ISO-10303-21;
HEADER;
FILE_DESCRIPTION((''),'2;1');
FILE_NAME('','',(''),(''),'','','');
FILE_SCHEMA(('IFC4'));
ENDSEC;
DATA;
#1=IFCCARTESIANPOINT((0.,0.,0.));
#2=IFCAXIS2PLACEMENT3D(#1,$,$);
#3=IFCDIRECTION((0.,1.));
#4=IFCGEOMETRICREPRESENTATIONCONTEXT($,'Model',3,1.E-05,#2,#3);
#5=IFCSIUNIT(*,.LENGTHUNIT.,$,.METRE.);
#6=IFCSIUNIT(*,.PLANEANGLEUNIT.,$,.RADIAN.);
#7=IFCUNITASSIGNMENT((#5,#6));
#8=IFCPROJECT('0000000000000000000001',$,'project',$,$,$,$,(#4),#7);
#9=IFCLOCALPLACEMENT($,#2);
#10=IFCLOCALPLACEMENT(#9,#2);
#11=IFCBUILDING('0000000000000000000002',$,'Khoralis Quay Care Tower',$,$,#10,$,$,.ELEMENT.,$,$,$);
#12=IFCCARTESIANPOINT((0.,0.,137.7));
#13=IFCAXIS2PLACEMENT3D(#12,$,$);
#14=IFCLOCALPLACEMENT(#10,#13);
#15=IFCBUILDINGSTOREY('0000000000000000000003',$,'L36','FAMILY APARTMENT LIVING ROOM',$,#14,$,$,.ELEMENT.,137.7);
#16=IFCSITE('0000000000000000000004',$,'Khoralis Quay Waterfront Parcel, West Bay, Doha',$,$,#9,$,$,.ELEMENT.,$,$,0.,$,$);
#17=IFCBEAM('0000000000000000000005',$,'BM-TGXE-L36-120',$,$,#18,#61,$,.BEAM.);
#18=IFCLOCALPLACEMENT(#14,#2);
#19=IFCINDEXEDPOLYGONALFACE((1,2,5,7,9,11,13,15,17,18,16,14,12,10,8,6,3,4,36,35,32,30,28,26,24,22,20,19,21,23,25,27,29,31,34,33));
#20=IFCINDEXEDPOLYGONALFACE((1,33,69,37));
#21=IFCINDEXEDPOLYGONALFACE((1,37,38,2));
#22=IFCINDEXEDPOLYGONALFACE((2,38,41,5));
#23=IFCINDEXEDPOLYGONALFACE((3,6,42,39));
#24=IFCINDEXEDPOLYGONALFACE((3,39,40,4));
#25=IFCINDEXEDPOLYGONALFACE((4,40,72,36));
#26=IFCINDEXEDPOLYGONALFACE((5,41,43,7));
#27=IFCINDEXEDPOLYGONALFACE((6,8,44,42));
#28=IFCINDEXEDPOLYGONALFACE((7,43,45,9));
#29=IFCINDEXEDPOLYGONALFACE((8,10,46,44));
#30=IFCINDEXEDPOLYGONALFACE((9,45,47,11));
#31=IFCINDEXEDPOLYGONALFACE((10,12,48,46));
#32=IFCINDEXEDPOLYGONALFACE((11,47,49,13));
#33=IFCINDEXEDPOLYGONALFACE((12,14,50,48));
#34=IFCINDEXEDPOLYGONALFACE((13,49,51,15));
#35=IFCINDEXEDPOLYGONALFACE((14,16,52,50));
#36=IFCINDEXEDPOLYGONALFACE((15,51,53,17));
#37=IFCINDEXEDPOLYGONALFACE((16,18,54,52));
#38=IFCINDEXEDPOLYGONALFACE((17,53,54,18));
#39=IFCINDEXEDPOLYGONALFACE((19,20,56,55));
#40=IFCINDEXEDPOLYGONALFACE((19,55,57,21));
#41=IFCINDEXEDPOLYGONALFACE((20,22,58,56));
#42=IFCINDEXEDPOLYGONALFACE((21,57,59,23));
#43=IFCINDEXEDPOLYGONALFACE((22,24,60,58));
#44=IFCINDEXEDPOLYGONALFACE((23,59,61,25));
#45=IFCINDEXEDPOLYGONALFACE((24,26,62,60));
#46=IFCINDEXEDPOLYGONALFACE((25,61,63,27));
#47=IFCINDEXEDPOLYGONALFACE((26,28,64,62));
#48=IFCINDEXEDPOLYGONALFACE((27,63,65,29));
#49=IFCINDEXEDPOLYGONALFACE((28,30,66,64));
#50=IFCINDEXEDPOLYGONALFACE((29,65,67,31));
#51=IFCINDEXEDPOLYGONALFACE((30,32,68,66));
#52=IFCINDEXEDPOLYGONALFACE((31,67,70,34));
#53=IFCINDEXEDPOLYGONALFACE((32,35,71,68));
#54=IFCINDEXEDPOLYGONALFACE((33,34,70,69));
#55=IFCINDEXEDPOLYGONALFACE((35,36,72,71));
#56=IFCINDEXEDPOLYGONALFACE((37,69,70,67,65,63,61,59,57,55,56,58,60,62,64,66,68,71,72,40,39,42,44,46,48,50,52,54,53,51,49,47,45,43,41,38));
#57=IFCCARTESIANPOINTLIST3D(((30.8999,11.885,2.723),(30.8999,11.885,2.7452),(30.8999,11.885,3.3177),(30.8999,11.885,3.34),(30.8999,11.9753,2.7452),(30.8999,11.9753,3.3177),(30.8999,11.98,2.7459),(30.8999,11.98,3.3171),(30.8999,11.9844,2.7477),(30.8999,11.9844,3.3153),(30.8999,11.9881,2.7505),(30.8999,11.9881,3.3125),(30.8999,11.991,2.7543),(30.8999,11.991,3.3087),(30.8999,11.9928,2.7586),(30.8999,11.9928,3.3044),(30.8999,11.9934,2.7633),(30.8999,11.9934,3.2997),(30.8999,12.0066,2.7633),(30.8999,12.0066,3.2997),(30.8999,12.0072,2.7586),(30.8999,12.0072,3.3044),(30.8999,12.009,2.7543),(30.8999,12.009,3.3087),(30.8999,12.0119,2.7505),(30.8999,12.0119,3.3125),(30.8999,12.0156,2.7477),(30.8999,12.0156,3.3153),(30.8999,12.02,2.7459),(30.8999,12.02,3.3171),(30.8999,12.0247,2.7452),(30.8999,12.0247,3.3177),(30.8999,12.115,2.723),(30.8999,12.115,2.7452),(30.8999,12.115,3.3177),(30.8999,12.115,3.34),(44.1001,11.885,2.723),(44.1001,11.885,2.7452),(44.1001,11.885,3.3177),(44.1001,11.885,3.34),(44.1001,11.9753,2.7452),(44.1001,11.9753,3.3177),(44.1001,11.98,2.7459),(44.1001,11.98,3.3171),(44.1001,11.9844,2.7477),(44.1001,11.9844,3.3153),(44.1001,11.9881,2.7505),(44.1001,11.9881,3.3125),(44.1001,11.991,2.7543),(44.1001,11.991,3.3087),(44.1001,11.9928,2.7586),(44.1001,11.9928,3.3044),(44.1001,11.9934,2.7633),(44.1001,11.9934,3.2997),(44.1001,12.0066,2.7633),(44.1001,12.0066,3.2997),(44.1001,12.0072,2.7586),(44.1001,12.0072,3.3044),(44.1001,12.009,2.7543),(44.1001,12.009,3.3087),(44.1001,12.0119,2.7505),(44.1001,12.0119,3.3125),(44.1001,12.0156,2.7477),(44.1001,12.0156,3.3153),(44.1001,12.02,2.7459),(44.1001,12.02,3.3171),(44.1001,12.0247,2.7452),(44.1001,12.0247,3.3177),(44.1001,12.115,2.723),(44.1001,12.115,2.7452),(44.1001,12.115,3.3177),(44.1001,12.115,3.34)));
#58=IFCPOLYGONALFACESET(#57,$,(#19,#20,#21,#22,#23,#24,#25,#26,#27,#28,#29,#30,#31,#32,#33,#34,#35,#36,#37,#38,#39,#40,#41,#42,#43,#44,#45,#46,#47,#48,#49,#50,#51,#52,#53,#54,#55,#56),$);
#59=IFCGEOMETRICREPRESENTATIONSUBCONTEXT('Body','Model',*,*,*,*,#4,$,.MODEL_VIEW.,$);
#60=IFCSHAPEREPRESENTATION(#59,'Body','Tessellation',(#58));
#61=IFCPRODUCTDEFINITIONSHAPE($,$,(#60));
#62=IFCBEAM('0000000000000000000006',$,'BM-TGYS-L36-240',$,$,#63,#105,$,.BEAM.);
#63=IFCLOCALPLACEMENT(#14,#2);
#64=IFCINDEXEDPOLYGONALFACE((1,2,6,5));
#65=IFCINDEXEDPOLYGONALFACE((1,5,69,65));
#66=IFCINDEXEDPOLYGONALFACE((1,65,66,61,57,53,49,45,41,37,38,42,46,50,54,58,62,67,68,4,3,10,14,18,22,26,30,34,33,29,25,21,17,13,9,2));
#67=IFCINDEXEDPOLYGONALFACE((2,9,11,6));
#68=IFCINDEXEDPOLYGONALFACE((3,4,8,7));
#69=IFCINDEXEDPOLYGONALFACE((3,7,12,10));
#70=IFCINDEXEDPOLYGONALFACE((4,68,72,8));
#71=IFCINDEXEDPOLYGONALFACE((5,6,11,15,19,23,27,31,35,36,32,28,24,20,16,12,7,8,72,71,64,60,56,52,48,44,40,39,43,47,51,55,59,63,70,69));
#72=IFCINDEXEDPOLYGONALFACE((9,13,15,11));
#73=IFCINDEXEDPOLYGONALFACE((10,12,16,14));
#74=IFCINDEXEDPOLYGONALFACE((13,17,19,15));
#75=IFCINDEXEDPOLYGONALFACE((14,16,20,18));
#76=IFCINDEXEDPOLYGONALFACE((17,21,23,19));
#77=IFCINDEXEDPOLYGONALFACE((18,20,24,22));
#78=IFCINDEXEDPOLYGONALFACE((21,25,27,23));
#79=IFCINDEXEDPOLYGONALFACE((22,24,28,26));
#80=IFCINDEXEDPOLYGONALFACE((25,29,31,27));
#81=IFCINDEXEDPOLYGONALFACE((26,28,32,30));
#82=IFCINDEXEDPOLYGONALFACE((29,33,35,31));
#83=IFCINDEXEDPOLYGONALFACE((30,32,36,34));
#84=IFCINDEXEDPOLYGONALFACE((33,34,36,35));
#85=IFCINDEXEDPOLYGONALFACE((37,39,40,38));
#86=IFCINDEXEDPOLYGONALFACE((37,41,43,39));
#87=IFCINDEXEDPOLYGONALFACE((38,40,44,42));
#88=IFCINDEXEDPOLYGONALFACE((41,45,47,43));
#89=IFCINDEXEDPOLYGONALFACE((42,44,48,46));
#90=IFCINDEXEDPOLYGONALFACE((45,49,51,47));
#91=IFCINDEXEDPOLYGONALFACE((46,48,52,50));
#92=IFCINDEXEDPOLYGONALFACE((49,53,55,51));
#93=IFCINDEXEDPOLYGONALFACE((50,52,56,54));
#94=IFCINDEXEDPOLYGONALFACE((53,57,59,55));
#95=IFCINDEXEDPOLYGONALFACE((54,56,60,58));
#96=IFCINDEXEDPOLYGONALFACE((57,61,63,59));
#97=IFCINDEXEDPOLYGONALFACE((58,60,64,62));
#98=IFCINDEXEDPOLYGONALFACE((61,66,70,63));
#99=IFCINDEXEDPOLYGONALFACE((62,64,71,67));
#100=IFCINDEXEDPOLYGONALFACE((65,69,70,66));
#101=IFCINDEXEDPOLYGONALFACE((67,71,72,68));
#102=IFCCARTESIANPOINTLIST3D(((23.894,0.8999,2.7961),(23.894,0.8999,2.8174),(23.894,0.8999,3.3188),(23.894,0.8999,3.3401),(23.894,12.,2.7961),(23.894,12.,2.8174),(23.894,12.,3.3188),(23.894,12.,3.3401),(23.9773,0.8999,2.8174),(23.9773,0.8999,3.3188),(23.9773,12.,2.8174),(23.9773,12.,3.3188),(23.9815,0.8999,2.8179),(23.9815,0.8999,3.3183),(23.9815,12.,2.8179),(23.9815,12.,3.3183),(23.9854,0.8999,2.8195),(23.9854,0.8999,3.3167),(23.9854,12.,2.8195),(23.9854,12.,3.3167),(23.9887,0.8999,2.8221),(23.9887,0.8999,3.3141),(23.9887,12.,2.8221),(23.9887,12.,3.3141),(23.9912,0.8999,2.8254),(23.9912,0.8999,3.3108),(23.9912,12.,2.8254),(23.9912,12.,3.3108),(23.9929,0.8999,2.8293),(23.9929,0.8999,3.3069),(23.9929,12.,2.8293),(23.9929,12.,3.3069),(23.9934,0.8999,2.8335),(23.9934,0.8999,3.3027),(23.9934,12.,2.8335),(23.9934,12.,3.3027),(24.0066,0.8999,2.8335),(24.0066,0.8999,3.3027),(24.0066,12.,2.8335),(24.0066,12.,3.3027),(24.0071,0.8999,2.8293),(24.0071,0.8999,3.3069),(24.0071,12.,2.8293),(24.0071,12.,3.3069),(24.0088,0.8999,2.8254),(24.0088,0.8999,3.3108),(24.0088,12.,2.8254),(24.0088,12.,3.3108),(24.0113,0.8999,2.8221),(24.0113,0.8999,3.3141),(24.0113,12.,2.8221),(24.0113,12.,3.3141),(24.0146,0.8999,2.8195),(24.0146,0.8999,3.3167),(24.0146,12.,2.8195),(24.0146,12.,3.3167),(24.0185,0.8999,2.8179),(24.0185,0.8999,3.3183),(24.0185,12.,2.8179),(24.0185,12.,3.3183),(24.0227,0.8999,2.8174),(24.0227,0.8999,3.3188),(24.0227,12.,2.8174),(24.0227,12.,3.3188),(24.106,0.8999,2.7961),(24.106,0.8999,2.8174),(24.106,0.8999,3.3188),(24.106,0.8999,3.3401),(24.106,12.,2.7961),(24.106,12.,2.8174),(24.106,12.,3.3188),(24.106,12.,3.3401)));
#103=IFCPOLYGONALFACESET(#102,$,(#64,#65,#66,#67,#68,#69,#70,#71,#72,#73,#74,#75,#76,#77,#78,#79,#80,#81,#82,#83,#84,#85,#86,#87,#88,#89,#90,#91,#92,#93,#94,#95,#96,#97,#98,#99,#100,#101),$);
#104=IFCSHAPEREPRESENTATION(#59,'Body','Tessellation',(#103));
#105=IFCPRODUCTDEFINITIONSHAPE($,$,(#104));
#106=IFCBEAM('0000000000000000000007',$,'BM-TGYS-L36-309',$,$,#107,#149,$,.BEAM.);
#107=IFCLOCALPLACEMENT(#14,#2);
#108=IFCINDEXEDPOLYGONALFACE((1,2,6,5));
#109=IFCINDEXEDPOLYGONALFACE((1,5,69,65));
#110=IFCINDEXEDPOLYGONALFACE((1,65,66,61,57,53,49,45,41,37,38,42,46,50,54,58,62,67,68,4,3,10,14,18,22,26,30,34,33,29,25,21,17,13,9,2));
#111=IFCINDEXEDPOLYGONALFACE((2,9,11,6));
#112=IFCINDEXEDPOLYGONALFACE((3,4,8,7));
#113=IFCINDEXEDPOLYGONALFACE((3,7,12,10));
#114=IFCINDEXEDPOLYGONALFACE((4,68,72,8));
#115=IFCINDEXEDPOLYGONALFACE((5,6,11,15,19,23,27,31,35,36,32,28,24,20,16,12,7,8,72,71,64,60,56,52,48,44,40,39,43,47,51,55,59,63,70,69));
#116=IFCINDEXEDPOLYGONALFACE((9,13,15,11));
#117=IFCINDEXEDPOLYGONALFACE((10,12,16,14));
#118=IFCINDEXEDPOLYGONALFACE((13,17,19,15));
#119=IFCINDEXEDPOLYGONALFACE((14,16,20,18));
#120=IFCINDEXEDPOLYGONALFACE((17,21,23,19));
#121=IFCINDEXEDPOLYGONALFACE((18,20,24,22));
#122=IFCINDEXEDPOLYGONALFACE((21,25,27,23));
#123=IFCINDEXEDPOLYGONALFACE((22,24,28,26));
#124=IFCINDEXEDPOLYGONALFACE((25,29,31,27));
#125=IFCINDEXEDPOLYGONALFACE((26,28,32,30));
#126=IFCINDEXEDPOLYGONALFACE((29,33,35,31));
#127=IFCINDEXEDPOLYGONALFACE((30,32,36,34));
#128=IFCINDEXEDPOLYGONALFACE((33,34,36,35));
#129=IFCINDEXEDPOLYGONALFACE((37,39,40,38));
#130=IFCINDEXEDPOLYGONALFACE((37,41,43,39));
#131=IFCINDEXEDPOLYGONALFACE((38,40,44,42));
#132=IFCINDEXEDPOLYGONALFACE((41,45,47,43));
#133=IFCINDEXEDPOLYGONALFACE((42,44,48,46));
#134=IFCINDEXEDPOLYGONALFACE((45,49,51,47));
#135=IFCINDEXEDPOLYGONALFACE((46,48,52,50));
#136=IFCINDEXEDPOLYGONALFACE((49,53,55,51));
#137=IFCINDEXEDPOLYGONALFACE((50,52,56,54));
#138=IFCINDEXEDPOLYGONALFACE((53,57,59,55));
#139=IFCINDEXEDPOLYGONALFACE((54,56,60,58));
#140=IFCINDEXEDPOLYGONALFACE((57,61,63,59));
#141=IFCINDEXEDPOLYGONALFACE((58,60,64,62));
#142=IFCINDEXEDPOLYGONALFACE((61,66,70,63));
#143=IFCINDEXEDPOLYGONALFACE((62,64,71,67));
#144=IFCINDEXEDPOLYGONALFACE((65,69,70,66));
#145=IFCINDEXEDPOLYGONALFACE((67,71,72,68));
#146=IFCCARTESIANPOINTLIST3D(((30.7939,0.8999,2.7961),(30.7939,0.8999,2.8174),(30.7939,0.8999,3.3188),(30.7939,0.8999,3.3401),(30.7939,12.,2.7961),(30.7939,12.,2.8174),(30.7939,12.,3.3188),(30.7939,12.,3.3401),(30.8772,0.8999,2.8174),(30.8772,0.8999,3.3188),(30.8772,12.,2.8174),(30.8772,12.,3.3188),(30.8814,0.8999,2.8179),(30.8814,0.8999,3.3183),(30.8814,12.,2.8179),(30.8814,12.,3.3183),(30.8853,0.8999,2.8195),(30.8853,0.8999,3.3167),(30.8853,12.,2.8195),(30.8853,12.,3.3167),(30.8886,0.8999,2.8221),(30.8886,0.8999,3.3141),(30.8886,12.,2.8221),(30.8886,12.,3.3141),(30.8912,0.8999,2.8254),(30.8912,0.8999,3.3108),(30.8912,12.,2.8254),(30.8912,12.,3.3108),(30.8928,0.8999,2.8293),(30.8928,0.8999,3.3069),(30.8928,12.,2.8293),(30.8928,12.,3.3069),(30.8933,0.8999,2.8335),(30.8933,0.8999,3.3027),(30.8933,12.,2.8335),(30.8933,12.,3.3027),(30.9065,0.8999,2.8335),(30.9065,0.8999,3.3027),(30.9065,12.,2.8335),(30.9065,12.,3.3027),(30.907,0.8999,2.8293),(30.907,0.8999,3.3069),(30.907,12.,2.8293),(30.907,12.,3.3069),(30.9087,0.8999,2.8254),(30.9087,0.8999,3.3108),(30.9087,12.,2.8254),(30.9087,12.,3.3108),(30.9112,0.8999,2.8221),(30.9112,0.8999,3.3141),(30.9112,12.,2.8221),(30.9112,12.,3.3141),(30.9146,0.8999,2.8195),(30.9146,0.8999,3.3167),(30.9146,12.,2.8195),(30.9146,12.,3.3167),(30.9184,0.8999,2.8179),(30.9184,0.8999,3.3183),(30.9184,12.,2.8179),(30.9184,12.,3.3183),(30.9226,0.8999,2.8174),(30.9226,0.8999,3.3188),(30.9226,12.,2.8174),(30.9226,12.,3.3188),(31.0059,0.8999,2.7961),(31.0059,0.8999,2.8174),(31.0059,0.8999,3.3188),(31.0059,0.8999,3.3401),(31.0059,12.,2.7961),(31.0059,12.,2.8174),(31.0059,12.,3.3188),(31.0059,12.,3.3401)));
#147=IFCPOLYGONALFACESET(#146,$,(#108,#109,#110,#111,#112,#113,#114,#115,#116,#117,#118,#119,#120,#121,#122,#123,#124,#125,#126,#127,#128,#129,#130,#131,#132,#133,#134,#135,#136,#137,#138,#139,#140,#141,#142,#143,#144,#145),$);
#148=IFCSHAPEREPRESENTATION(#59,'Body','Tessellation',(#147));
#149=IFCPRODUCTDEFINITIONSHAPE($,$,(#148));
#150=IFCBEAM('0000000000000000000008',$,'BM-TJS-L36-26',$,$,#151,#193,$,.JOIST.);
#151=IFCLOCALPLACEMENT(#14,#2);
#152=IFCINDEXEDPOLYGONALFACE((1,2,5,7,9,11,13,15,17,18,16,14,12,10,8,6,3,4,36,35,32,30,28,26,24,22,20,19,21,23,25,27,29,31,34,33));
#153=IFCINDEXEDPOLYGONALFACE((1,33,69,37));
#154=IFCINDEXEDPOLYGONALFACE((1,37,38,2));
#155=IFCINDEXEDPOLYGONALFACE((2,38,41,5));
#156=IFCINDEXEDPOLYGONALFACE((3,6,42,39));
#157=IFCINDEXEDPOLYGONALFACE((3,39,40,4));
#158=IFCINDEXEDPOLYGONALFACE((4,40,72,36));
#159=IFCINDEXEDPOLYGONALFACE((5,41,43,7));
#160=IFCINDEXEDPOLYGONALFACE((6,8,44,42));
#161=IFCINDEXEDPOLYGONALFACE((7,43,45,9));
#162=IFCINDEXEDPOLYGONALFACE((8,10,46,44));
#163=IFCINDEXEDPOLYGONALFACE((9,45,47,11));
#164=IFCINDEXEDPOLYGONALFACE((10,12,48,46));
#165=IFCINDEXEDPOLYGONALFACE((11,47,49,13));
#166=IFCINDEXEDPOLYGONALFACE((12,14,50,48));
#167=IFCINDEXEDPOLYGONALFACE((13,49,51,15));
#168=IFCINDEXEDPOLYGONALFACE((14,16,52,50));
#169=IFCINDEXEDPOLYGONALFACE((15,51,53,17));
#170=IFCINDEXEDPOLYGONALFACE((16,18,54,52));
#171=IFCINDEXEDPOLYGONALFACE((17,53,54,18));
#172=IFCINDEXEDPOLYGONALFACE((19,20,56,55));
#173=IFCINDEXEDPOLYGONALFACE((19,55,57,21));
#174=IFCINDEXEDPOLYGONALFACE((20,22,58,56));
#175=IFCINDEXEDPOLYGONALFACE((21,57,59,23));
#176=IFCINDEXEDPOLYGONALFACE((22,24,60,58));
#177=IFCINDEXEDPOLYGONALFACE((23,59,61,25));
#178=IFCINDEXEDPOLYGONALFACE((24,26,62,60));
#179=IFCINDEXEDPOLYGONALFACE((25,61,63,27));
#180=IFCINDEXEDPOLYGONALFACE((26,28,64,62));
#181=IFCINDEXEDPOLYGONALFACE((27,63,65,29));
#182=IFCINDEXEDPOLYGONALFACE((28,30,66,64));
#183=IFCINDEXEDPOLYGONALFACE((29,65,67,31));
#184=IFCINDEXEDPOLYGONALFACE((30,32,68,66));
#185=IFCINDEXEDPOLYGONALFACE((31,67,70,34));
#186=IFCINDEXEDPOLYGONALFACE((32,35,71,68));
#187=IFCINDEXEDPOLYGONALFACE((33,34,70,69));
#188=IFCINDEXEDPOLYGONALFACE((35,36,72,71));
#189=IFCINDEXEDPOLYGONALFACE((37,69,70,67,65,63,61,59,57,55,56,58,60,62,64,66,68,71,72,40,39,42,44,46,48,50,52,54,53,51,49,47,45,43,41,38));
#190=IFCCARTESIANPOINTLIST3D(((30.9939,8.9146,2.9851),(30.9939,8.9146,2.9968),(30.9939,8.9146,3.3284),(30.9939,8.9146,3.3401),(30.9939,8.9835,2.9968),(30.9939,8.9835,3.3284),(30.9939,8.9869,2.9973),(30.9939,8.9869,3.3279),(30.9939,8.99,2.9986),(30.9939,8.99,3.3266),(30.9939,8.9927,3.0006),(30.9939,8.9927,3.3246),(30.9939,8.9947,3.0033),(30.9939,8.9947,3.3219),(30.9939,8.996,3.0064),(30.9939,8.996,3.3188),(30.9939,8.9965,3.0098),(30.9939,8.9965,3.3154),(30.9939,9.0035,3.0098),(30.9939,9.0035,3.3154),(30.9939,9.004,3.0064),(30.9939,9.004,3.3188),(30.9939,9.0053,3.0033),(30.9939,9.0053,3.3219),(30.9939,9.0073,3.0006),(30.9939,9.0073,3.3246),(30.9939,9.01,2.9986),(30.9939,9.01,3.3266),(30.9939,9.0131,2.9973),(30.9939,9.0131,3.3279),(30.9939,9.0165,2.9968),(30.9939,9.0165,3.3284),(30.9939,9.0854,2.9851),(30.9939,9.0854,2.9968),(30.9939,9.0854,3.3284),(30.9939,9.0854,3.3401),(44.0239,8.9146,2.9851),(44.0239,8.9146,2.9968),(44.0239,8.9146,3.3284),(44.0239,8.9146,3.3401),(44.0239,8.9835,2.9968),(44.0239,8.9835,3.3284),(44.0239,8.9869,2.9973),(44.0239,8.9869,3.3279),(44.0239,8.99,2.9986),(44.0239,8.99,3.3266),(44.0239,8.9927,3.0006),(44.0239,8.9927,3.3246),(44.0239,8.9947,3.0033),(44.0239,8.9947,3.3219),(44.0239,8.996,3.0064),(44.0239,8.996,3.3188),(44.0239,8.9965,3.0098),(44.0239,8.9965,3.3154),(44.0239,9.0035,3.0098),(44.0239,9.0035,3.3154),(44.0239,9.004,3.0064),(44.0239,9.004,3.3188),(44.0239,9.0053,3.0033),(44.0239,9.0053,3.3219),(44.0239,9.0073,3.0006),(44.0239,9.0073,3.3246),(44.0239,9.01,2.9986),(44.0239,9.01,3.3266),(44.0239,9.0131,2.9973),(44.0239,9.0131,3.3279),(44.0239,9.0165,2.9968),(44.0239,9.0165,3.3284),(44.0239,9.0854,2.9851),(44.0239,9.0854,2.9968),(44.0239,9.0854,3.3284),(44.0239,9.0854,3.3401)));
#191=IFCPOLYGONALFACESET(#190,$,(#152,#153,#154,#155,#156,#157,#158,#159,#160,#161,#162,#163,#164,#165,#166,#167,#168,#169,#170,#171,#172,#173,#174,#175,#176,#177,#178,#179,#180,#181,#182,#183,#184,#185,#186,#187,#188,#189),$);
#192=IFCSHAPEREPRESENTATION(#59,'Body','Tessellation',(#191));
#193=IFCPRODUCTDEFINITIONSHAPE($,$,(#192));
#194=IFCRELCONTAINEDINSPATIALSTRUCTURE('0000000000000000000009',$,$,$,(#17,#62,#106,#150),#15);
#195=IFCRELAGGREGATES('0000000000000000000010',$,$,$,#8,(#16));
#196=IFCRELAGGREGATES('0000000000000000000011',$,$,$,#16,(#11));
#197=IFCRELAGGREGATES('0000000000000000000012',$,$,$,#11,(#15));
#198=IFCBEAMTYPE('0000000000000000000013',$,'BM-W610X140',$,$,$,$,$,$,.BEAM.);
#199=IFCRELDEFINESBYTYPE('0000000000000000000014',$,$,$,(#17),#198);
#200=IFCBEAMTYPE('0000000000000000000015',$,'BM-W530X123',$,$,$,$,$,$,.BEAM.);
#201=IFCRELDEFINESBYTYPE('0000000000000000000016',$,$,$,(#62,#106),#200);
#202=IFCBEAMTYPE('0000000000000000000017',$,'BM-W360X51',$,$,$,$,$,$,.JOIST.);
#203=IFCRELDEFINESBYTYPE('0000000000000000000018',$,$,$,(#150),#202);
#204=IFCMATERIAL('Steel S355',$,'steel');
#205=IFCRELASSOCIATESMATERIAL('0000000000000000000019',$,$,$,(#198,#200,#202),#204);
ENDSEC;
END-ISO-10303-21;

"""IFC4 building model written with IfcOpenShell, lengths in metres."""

from ifc_helpers import new_model, si_unit, direction, frame, origin, origin_2d, place, context, subcontext, project, spatial, i_section, extrude, source, transform, mapped, material, material_profile, profile_set, type_object, element, save


model = new_model("IFC4")

# Units and contexts
model_context = context("Model", 3, precision=1e-05, world=origin(), true_north=direction((0.0, 1.0)))
body_context = subcontext(model_context, "Body", "Model", "MODEL_VIEW")
ifc_project = project(units=[si_unit("LENGTHUNIT", "METRE"), si_unit("PLANEANGLEUNIT", "RADIAN")], contexts=[model_context])

# Site, building, storey
site_placement = place(None, origin())
site = spatial("IfcSite", under=ifc_project, at=site_placement, Name="Khoralis Quay Waterfront Parcel, West Bay, Doha", CompositionType="ELEMENT", RefElevation=0.0)
building_placement = place(site_placement, origin())
building = spatial("IfcBuilding", under=site, at=building_placement, Name="Khoralis Quay Care Tower", CompositionType="ELEMENT")
storey_placement = place(building_placement, frame((0.0, 0.0, 137.7)))
storey = spatial("IfcBuildingStorey", under=building, at=storey_placement, Name="L36", Description="FAMILY APARTMENT LIVING ROOM", CompositionType="ELEMENT", Elevation=137.7)

# Beams
ifc_material_1 = material(Name="Steel S355", Category="steel")
ifc_material_profile_1 = material_profile(ifc_material_1, i_section(OverallWidth=0.23, OverallDepth=0.6169, WebThickness=0.0132, FlangeThickness=0.0222, FilletRadius=0.0181, at=origin_2d()), Name="Steel S355")
ifc_profile_set_1 = profile_set([ifc_material_profile_1], Name="Steel S355")
beam_type_1 = type_object("IfcBeamType", Name="BM-W610X140", PredefinedType="BEAM", material=ifc_profile_set_1)
shared_shape_1 = source(origin(), body_context, "Body", "SweptSolid", [
    extrude(i_section(OverallWidth=0.23, OverallDepth=0.6169, WebThickness=0.0132, FlangeThickness=0.0222, FilletRadius=0.0181, at=origin_2d()), origin(), (0.0, 0.0, 1.0), 13.2002),
])
beam_1_placement = place(storey_placement, frame((30.8999, 12.0, 3.0315), z_axis=(1.0, 0.0, 0.0), x_axis=(0.0, 1.0, 0.0)))
element("IfcBeam", 1, at=beam_1_placement, inside=storey, type_object=beam_type_1, Name="BM-TGXE-L36-120", PredefinedType="BEAM", context=body_context, shape_type="MappedRepresentation", body=[
    mapped(shared_shape_1, transform((0.0, 0.0, 0.0), scale=1.0)),
])
ifc_material_profile_2 = material_profile(ifc_material_1, i_section(OverallWidth=0.2119, OverallDepth=0.5439, WebThickness=0.0132, FlangeThickness=0.0212, FilletRadius=0.0161, at=origin_2d()), Name="Steel S355")
ifc_profile_set_2 = profile_set([ifc_material_profile_2], Name="Steel S355")
beam_type_2 = type_object("IfcBeamType", Name="BM-W530X123", PredefinedType="BEAM", material=ifc_profile_set_2)
shared_shape_2 = source(origin(), body_context, "Body", "SweptSolid", [
    extrude(i_section(OverallWidth=0.2119, OverallDepth=0.5439, WebThickness=0.0132, FlangeThickness=0.0212, FilletRadius=0.0161, at=origin_2d()), origin(), (0.0, 0.0, 1.0), 11.1001),
])
for number, where, z_axis, x_axis, name in (
    (2, (24.0, 0.8999, 3.0681), (0.0, 1.0, 0.0), (-1.0, 0.0, 0.0), "BM-TGYS-L36-240"),
    (3, (30.8999, 0.8999, 3.0681), (0.0, 1.0, 0.0), (-1.0, 0.0, 0.0), "BM-TGYS-L36-309"),
):
    element("IfcBeam", number, at=place(storey_placement, frame(where, z_axis=z_axis, x_axis=x_axis)), inside=storey, type_object=beam_type_2, Name=name, PredefinedType="BEAM", context=body_context, shape_type="MappedRepresentation", body=[
        mapped(shared_shape_2, transform((0.0, 0.0, 0.0), scale=1.0)),
    ])
ifc_material_profile_3 = material_profile(ifc_material_1, i_section(OverallWidth=0.1709, OverallDepth=0.355, WebThickness=0.0071, FlangeThickness=0.0117, FilletRadius=0.0129, at=origin_2d()), Name="Steel S355")
ifc_profile_set_3 = profile_set([ifc_material_profile_3], Name="Steel S355")
beam_type_3 = type_object("IfcBeamType", Name="BM-W360X51", PredefinedType="JOIST", material=ifc_profile_set_3)
shared_shape_3 = source(origin(), body_context, "Body", "SweptSolid", [
    extrude(i_section(OverallWidth=0.1709, OverallDepth=0.355, WebThickness=0.0071, FlangeThickness=0.0117, FilletRadius=0.0129, at=origin_2d()), origin(), (0.0, 0.0, 1.0), 13.03),
])
beam_2_placement = place(storey_placement, frame((30.9939, 9.0, 3.1626), z_axis=(1.0, 0.0, 0.0), x_axis=(0.0, 1.0, 0.0)))
element("IfcBeam", 4, at=beam_2_placement, inside=storey, type_object=beam_type_3, Name="BM-TJS-L36-26", PredefinedType="JOIST", context=body_context, shape_type="MappedRepresentation", body=[
    mapped(shared_shape_3, transform((0.0, 0.0, 0.0), scale=1.0)),
])

save(model, "model.ifc")
